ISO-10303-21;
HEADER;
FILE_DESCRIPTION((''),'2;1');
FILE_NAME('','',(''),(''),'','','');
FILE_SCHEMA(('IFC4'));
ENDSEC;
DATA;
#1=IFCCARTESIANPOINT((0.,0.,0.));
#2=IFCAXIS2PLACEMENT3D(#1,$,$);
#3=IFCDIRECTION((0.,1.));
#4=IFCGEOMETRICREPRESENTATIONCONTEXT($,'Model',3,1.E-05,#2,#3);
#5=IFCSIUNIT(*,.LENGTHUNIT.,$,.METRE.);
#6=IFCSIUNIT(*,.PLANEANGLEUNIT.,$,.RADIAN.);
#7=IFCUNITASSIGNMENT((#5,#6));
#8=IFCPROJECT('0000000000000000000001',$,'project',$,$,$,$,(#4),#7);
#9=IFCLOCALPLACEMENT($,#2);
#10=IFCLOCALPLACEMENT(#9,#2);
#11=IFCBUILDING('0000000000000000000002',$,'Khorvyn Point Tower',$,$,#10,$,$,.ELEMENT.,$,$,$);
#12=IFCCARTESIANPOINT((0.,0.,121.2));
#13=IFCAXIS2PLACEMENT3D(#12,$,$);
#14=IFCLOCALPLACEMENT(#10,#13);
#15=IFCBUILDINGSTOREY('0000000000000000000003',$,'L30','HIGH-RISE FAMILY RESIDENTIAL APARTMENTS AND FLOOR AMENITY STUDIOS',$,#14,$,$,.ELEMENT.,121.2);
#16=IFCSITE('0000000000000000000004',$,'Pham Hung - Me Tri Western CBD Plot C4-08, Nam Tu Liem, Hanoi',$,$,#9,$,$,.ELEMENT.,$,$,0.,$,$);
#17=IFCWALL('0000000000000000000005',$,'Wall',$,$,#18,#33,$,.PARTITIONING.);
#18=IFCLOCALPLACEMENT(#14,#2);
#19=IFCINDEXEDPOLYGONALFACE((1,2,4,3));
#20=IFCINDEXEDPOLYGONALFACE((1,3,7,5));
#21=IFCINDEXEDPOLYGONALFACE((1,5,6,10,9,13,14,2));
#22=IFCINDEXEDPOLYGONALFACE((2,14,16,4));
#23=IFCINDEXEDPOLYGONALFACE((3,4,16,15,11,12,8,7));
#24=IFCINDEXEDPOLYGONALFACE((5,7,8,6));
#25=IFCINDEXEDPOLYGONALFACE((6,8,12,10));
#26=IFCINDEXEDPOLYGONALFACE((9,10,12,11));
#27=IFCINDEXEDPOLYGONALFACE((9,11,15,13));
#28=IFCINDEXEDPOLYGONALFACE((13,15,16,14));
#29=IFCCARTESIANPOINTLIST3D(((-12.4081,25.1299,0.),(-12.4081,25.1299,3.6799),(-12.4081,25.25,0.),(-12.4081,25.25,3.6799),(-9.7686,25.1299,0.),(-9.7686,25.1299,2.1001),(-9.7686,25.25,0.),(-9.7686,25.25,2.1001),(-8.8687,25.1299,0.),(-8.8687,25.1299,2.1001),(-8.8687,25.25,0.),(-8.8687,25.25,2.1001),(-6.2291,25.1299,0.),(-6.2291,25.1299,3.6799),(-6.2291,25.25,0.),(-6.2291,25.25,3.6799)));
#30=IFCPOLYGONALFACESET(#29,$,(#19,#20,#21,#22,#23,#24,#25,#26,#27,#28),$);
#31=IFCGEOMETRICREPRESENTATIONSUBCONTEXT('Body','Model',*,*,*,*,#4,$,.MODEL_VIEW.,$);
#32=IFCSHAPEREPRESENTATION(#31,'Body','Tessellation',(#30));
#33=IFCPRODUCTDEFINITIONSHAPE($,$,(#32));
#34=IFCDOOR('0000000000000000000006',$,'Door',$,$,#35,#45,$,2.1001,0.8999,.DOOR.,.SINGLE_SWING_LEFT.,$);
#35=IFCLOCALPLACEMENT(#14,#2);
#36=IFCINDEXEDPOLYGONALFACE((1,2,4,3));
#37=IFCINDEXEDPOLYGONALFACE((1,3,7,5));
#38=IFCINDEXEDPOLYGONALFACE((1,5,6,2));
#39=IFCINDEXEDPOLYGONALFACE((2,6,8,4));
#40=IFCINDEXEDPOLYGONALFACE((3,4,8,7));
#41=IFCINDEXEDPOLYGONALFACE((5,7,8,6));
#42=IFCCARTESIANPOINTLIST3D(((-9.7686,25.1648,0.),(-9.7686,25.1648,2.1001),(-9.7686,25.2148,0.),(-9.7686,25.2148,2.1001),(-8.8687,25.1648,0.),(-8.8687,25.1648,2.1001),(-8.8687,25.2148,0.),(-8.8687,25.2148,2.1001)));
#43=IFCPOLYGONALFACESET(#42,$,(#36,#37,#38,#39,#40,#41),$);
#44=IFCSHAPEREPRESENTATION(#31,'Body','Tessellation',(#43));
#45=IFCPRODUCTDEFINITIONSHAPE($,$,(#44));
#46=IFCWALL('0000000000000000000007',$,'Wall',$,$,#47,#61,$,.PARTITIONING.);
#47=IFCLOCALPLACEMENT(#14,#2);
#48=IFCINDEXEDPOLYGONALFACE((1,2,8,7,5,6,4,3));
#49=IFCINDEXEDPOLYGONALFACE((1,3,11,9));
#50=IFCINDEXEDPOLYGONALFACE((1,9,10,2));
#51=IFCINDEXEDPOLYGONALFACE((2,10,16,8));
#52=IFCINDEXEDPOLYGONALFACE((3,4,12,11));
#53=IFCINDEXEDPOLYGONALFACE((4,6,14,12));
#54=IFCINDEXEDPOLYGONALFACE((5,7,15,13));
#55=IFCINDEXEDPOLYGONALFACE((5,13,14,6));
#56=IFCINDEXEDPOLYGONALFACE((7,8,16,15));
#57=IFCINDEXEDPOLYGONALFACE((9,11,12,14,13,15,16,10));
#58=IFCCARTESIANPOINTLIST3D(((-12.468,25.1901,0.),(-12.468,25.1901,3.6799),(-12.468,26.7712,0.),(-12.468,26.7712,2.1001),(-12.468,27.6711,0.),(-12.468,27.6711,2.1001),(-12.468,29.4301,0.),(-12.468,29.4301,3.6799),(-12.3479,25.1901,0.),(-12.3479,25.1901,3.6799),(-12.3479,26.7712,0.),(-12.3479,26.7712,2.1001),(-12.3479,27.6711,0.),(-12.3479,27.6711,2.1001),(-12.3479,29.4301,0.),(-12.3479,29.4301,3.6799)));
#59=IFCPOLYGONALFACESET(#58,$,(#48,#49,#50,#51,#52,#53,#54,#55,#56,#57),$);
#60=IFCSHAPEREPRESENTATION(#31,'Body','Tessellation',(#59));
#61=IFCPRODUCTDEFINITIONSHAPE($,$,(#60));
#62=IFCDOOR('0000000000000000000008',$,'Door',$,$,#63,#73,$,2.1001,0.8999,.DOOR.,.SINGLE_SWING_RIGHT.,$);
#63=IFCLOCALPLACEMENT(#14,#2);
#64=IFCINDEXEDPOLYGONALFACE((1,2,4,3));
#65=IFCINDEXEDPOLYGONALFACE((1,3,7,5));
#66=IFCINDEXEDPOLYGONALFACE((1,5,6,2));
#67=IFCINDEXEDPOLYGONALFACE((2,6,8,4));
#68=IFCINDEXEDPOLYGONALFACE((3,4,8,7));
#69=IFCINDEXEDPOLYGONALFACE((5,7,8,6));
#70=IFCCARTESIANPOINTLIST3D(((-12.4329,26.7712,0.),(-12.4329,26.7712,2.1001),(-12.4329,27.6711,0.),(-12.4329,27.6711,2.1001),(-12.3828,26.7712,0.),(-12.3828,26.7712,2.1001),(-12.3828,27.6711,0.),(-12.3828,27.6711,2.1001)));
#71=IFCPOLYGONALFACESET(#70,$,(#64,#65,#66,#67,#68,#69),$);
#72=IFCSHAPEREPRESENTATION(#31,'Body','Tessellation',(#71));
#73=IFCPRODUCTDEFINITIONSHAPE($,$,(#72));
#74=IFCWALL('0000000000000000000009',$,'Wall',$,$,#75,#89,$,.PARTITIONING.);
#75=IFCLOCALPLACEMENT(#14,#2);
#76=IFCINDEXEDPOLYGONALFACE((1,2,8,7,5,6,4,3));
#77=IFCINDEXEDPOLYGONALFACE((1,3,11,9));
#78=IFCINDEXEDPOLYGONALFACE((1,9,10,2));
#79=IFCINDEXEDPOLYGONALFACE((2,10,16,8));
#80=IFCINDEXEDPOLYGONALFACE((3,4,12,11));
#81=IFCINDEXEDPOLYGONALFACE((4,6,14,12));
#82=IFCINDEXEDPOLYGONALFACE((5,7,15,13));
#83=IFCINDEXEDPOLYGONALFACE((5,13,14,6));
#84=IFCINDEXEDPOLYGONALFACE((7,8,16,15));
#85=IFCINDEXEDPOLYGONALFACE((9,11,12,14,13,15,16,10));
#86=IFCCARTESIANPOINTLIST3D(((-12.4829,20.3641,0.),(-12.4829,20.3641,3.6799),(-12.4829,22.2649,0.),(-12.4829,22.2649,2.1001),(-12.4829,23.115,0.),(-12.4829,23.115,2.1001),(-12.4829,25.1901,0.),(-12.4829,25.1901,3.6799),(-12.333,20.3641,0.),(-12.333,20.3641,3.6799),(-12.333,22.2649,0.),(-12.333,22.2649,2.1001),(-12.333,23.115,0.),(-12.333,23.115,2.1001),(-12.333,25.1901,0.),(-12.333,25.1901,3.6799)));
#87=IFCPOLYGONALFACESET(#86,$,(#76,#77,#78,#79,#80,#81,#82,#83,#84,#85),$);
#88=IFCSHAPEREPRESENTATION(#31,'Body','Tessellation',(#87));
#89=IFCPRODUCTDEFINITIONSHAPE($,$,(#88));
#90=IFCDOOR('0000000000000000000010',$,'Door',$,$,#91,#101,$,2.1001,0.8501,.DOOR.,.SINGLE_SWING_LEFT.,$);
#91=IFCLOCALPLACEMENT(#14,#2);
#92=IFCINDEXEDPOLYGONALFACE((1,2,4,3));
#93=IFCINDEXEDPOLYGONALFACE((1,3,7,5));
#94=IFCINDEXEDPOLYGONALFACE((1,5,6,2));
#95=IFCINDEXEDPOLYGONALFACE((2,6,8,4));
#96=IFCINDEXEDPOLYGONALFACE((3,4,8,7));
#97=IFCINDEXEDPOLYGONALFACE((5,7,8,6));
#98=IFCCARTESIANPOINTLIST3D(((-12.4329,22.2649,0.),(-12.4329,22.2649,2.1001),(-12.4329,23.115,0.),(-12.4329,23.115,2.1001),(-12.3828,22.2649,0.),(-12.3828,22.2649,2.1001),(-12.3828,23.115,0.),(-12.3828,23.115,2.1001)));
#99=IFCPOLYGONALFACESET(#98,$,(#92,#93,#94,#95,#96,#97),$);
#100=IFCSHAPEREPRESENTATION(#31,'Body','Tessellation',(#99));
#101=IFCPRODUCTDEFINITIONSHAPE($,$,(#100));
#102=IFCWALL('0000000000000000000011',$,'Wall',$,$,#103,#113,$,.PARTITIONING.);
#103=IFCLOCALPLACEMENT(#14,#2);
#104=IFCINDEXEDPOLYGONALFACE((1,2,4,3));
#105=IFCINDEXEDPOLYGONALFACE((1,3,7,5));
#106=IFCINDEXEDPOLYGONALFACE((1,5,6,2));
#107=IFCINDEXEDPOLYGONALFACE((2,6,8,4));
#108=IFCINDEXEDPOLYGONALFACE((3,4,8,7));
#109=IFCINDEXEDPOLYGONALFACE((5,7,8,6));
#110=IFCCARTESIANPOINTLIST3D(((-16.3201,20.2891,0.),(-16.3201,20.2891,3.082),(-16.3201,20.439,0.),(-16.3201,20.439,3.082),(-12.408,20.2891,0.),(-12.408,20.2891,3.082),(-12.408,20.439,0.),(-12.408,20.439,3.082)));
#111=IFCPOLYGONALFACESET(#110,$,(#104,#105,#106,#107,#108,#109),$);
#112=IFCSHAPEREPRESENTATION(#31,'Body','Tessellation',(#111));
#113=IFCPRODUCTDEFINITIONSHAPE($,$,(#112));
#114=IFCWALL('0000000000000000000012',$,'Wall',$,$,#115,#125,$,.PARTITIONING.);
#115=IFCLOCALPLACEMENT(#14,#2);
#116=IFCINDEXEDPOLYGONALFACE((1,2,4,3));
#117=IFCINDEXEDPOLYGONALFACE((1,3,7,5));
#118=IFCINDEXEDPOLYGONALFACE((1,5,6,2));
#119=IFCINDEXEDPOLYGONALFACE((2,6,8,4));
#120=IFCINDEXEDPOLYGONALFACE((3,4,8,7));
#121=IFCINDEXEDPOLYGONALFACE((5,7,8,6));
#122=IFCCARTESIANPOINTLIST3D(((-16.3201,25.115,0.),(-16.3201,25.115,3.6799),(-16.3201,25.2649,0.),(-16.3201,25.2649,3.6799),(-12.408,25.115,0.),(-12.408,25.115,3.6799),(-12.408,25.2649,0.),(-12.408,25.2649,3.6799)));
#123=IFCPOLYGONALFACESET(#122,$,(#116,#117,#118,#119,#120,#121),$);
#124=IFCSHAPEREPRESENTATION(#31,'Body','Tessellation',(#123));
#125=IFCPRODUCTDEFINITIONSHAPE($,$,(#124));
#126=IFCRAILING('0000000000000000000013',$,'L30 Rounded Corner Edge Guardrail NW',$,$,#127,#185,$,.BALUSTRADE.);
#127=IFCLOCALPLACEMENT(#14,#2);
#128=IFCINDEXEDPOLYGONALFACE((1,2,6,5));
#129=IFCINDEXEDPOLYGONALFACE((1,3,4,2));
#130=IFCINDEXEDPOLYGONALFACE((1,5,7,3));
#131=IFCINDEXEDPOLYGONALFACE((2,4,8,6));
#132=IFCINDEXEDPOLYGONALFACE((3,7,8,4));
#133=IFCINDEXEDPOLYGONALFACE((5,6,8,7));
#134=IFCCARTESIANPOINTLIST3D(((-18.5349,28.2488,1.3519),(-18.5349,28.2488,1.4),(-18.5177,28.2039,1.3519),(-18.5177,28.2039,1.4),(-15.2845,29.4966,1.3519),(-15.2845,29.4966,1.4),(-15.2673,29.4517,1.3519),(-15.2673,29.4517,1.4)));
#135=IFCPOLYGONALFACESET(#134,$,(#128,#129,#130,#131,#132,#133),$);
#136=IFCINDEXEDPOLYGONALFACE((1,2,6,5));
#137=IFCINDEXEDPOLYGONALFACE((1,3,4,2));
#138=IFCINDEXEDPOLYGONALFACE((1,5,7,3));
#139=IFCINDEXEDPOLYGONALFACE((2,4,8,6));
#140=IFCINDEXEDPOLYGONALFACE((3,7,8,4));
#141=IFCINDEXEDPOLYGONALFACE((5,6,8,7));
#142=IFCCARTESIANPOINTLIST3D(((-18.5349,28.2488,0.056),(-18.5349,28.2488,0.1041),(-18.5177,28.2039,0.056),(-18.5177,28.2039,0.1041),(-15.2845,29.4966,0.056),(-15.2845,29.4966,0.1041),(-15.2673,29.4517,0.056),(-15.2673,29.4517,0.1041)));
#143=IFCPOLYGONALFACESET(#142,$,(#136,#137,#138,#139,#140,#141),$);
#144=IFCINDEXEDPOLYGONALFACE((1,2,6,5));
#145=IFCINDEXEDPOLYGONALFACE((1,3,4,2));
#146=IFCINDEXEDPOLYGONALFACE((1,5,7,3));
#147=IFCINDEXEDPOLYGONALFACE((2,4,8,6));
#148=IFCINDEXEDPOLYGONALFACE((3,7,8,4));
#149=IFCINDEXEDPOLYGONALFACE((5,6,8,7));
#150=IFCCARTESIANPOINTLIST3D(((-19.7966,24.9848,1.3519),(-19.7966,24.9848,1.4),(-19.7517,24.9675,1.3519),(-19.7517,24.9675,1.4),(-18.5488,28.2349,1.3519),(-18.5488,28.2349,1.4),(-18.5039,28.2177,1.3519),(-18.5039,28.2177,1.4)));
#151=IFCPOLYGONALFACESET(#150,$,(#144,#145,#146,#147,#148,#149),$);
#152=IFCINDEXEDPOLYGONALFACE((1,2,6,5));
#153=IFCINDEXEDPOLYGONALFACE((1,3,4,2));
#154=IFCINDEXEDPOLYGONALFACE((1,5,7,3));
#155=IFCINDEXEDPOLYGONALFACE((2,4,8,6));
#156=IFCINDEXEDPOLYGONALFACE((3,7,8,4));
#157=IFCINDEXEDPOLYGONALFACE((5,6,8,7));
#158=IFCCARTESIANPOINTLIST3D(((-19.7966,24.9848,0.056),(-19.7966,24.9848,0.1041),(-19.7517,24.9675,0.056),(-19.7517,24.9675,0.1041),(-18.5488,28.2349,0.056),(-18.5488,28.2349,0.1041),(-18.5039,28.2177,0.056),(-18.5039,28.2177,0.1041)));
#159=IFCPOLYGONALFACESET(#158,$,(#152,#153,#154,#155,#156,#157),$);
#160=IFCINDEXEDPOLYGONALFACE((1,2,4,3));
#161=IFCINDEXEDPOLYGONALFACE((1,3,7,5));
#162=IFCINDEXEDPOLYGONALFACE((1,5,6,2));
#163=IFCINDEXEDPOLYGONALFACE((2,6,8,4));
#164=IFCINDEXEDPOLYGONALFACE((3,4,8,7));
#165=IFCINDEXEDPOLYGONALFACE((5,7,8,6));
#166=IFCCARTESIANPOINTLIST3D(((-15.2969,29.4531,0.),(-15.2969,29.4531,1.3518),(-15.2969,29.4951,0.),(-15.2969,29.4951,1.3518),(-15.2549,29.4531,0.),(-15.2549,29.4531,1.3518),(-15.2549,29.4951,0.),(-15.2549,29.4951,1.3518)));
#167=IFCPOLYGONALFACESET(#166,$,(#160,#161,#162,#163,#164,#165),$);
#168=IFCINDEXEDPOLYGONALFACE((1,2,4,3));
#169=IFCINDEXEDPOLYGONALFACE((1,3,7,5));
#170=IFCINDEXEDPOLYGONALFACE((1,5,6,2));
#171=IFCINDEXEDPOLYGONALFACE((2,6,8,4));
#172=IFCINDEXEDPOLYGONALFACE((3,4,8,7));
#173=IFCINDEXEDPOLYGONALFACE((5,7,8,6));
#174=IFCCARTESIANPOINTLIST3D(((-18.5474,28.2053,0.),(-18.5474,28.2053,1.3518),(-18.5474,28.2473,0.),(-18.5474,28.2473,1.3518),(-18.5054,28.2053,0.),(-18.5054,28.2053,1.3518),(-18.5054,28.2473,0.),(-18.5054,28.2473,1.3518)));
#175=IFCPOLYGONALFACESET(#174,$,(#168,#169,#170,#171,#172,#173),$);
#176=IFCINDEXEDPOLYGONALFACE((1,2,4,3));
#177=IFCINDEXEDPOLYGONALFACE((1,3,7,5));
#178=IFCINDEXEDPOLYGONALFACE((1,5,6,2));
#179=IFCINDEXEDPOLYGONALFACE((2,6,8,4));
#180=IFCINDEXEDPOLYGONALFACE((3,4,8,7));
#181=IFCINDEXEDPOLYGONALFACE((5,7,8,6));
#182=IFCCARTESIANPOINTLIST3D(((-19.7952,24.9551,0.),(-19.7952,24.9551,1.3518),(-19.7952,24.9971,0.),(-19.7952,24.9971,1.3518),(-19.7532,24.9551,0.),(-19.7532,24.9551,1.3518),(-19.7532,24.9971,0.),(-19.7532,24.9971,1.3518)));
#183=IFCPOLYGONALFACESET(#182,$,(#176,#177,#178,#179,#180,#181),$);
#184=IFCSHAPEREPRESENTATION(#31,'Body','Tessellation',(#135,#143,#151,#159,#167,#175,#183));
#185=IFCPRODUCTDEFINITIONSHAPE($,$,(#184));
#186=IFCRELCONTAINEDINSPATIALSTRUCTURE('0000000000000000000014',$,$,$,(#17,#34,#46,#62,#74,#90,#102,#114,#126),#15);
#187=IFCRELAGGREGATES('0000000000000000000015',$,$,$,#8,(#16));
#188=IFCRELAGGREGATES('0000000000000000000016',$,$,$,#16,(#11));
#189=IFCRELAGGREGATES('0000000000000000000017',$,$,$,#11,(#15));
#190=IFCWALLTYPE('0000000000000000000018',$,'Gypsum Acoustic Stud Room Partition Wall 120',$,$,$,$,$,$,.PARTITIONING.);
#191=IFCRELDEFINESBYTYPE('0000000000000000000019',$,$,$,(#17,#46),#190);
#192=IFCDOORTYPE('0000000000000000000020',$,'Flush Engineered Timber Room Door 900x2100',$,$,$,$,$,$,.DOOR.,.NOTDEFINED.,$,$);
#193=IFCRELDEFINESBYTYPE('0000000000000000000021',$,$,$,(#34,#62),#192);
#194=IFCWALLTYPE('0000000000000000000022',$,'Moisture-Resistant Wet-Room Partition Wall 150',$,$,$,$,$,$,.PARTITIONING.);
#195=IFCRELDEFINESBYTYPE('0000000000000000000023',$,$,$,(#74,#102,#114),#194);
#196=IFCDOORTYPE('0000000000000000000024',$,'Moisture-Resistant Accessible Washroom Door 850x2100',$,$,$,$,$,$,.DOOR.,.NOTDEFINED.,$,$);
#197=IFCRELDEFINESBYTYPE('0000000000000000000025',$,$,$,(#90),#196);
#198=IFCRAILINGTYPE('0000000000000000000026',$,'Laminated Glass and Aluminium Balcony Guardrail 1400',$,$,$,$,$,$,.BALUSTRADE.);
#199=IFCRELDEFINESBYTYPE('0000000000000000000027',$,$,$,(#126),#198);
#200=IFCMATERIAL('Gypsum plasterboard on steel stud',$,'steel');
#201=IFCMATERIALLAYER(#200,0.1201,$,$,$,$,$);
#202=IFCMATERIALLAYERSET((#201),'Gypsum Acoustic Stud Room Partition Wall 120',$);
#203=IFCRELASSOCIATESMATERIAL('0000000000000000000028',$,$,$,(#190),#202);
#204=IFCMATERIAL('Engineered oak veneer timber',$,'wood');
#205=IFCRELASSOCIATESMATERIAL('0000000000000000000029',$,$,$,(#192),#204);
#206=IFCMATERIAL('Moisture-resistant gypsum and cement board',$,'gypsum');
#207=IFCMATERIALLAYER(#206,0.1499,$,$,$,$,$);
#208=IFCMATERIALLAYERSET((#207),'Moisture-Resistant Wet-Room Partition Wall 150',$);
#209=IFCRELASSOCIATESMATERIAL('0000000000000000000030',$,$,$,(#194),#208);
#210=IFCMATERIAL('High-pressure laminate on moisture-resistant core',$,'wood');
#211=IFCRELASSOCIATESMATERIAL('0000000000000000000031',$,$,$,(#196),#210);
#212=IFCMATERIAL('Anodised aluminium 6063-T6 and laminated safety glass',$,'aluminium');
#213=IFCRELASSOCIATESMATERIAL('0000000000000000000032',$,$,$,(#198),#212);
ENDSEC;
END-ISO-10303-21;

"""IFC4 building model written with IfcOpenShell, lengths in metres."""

from ifc_helpers import new_model, si_unit, direction, frame, frame_2d, origin, origin_2d, place, context, subcontext, project, spatial, rectangle, extrude, material, layer, layer_set, type_object, element, fill, save


model = new_model("IFC4")

# Units and contexts
model_context = context("Model", 3, precision=1e-05, world=origin(), true_north=direction((0.0, 1.0)))
body_context = subcontext(model_context, "Body", "Model", "MODEL_VIEW")
ifc_project = project(units=[si_unit("LENGTHUNIT", "METRE"), si_unit("PLANEANGLEUNIT", "RADIAN")], contexts=[model_context])

# Site, building, storey
site_placement = place(None, origin())
site = spatial("IfcSite", under=ifc_project, at=site_placement, Name="Pham Hung - Me Tri Western CBD Plot C4-08, Nam Tu Liem, Hanoi", CompositionType="ELEMENT", RefElevation=0.0)
building_placement = place(site_placement, origin())
building = spatial("IfcBuilding", under=site, at=building_placement, Name="Khorvyn Point Tower", CompositionType="ELEMENT")
storey_placement = place(building_placement, frame((0.0, 0.0, 121.2)))
storey = spatial("IfcBuildingStorey", under=building, at=storey_placement, Name="L30", Description="HIGH-RISE FAMILY RESIDENTIAL APARTMENTS AND FLOOR AMENITY STUDIOS", CompositionType="ELEMENT", Elevation=121.2)

# Walls, openings, doors
ifc_material_1 = material(Name="Gypsum plasterboard on steel stud", Category="steel")
ifc_layer_1 = layer(ifc_material_1, 0.1201)
ifc_layer_set_1 = layer_set([ifc_layer_1], Name="Gypsum Acoustic Stud Room Partition Wall 120")
wall_type_1 = type_object("IfcWallType", Name="Gypsum Acoustic Stud Room Partition Wall 120", PredefinedType="PARTITIONING", material=ifc_layer_set_1)
wall_1_placement = place(storey_placement, frame((-12.408, 25.1899, 0.0), z_axis=(0.0, 0.0, 1.0), x_axis=(1.0, 0.0, 0.0)))
wall_1 = element("IfcWall", 1, at=wall_1_placement, inside=storey, type_object=wall_type_1, Name="Wall", PredefinedType="PARTITIONING", context=body_context, shape_type="SweptSolid", body=[
    extrude(rectangle(XDim=6.179, YDim=0.1201, at=frame_2d((3.0894, 0.0))), origin(), (0.0, 0.0, 1.0), 3.6799),
])
opening_1_placement = place(wall_1_placement, frame((2.6394, 0.0, 0.0)))
opening_1 = element("IfcOpeningElement", 2, at=opening_1_placement, cuts=wall_1, PredefinedType="OPENING", context=body_context, shape_type="SweptSolid", body=[
    extrude(rectangle(XDim=0.8999, YDim=2.1001, at=frame_2d((0.45, 1.05))), frame((0.0, 0.0701, 0.0), z_axis=(0.0, -1.0, 0.0), x_axis=(1.0, 0.0, 0.0)), (0.0, 0.0, 1.0), 0.1401),
])
ifc_material_2 = material(Name="Engineered oak veneer timber", Category="wood")
door_type_1 = type_object("IfcDoorType", Name="Flush Engineered Timber Room Door 900x2100", OperationType="NOTDEFINED", PredefinedType="DOOR", material=ifc_material_2)
door_1_placement = place(opening_1_placement, origin())
door_1 = element("IfcDoor", 3, at=door_1_placement, inside=storey, type_object=door_type_1, Name="Door", OperationType="SINGLE_SWING_LEFT", OverallHeight=2.1001, OverallWidth=0.8999, PredefinedType="DOOR", context=body_context, shape_type="SweptSolid", body=[
    extrude(rectangle(XDim=0.8999, YDim=2.1001, at=frame_2d((0.45, 1.05))), frame((0.0, 0.0249, 0.0), z_axis=(0.0, -1.0, 0.0), x_axis=(1.0, 0.0, 0.0)), (0.0, 0.0, 1.0), 0.05),
])
fill(opening_1, door_1)
wall_2_placement = place(storey_placement, frame((-12.408, 25.1899, 0.0), z_axis=(0.0, 0.0, 1.0), x_axis=(0.0, 1.0, 0.0)))
wall_2 = element("IfcWall", 4, at=wall_2_placement, inside=storey, type_object=wall_type_1, Name="Wall", PredefinedType="PARTITIONING", context=body_context, shape_type="SweptSolid", body=[
    extrude(rectangle(XDim=4.24, YDim=0.1201, at=frame_2d((2.1201, 0.0))), origin(), (0.0, 0.0, 1.0), 3.6799),
])
opening_2_placement = place(wall_2_placement, frame((1.5813, 0.0, 0.0)))
opening_2 = element("IfcOpeningElement", 5, at=opening_2_placement, cuts=wall_2, PredefinedType="OPENING", context=body_context, shape_type="SweptSolid", body=[
    extrude(rectangle(XDim=0.8999, YDim=2.1001, at=frame_2d((0.45, 1.05))), frame((0.0, 0.0701, 0.0), z_axis=(0.0, -1.0, 0.0), x_axis=(1.0, 0.0, 0.0)), (0.0, 0.0, 1.0), 0.1401),
])
door_2_placement = place(opening_2_placement, origin())
door_2 = element("IfcDoor", 6, at=door_2_placement, inside=storey, type_object=door_type_1, Name="Door", OperationType="SINGLE_SWING_RIGHT", OverallHeight=2.1001, OverallWidth=0.8999, PredefinedType="DOOR", context=body_context, shape_type="SweptSolid", body=[
    extrude(rectangle(XDim=0.8999, YDim=2.1001, at=frame_2d((0.45, 1.05))), frame((0.0, 0.0249, 0.0), z_axis=(0.0, -1.0, 0.0), x_axis=(1.0, 0.0, 0.0)), (0.0, 0.0, 1.0), 0.05),
])
fill(opening_2, door_2)
ifc_material_3 = material(Name="Moisture-resistant gypsum and cement board", Category="gypsum")
ifc_layer_2 = layer(ifc_material_3, 0.1499)
ifc_layer_set_2 = layer_set([ifc_layer_2], Name="Moisture-Resistant Wet-Room Partition Wall 150")
wall_type_2 = type_object("IfcWallType", Name="Moisture-Resistant Wet-Room Partition Wall 150", PredefinedType="PARTITIONING", material=ifc_layer_set_2)
wall_3_placement = place(storey_placement, frame((-12.408, 20.364, 0.0), z_axis=(0.0, 0.0, 1.0), x_axis=(0.0, 1.0, 0.0)))
wall_3 = element("IfcWall", 7, at=wall_3_placement, inside=storey, type_object=wall_type_2, Name="Wall", PredefinedType="PARTITIONING", context=body_context, shape_type="SweptSolid", body=[
    extrude(rectangle(XDim=4.8259, YDim=0.1499, at=frame_2d((2.4131, 0.0))), origin(), (0.0, 0.0, 1.0), 3.6799),
])
opening_3_placement = place(wall_3_placement, frame((1.9009, 0.0, 0.0)))
opening_3 = element("IfcOpeningElement", 8, at=opening_3_placement, cuts=wall_3, PredefinedType="OPENING", context=body_context, shape_type="SweptSolid", body=[
    extrude(rectangle(XDim=0.8501, YDim=2.1001, at=frame_2d((0.425, 1.05))), frame((0.0, 0.085, 0.0), z_axis=(0.0, -1.0, 0.0), x_axis=(1.0, 0.0, 0.0)), (0.0, 0.0, 1.0), 0.1699),
])
ifc_material_4 = material(Name="High-pressure laminate on moisture-resistant core", Category="wood")
door_type_2 = type_object("IfcDoorType", Name="Moisture-Resistant Accessible Washroom Door 850x2100", OperationType="NOTDEFINED", PredefinedType="DOOR", material=ifc_material_4)
door_3_placement = place(opening_3_placement, origin())
door_3 = element("IfcDoor", 9, at=door_3_placement, inside=storey, type_object=door_type_2, Name="Door", OperationType="SINGLE_SWING_LEFT", OverallHeight=2.1001, OverallWidth=0.8501, PredefinedType="DOOR", context=body_context, shape_type="SweptSolid", body=[
    extrude(rectangle(XDim=0.8501, YDim=2.1001, at=frame_2d((0.425, 1.05))), frame((0.0, 0.0249, 0.0), z_axis=(0.0, -1.0, 0.0), x_axis=(1.0, 0.0, 0.0)), (0.0, 0.0, 1.0), 0.05),
])
fill(opening_3, door_3)

# Walls
wall_4_placement = place(storey_placement, frame((-16.3201, 20.364, 0.0), z_axis=(0.0, 0.0, 1.0), x_axis=(1.0, 0.0, 0.0)))
element("IfcWall", 10, at=wall_4_placement, inside=storey, type_object=wall_type_2, Name="Wall", PredefinedType="PARTITIONING", context=body_context, shape_type="SweptSolid", body=[
    extrude(rectangle(XDim=3.9121, YDim=0.1499, at=frame_2d((1.9561, 0.0))), origin(), (0.0, 0.0, 1.0), 3.082),
])
wall_5_placement = place(storey_placement, frame((-16.3201, 25.1899, 0.0), z_axis=(0.0, 0.0, 1.0), x_axis=(1.0, 0.0, 0.0)))
element("IfcWall", 11, at=wall_5_placement, inside=storey, type_object=wall_type_2, Name="Wall", PredefinedType="PARTITIONING", context=body_context, shape_type="SweptSolid", body=[
    extrude(rectangle(XDim=3.9121, YDim=0.1499, at=frame_2d((1.9561, 0.0))), origin(), (0.0, 0.0, 1.0), 3.6799),
])

# Railing
ifc_material_5 = material(Name="Anodised aluminium 6063-T6 and laminated safety glass", Category="aluminium")
railing_type = type_object("IfcRailingType", Name="Laminated Glass and Aluminium Balcony Guardrail 1400", PredefinedType="BALUSTRADE", material=ifc_material_5)
railing_placement = place(storey_placement, frame((-15.2759, 29.4741, 0.0)))
element("IfcRailing", 12, at=railing_placement, inside=storey, type_object=railing_type, Name="L30 Rounded Corner Edge Guardrail NW", PredefinedType="BALUSTRADE", context=body_context, shape_type="SweptSolid", body=[
    extrude(rectangle(XDim=0.0481, YDim=0.0481, at=origin_2d()), frame((0.0, 0.0, 1.376), z_axis=(-0.933575, -0.358382, 0.0), x_axis=(0.358382, -0.933575, 0.0)), (0.0, 0.0, 1.0), 3.4817),
    extrude(rectangle(XDim=0.0481, YDim=0.0481, at=origin_2d()), frame((0.0, 0.0, 0.0801), z_axis=(-0.933575, -0.358382, 0.0), x_axis=(0.358382, -0.933575, 0.0)), (0.0, 0.0, 1.0), 3.4817),
    extrude(rectangle(XDim=0.0481, YDim=0.0481, at=origin_2d()), frame((-3.2505, -1.2478, 1.376), z_axis=(-0.358406, -0.933566, 0.0), x_axis=(0.933566, -0.358406, 0.0)), (0.0, 0.0, 1.0), 3.4814),
    extrude(rectangle(XDim=0.0481, YDim=0.0481, at=origin_2d()), frame((-3.2505, -1.2478, 0.0801), z_axis=(-0.358406, -0.933566, 0.0), x_axis=(0.933566, -0.358406, 0.0)), (0.0, 0.0, 1.0), 3.4814),
    extrude(rectangle(XDim=0.042, YDim=0.042, at=origin_2d()), origin(), (0.0, 0.0, 1.0), 1.3518),
    extrude(rectangle(XDim=0.042, YDim=0.042, at=origin_2d()), frame((-3.2505, -1.2478, 0.0)), (0.0, 0.0, 1.0), 1.3518),
    extrude(rectangle(XDim=0.042, YDim=0.042, at=origin_2d()), frame((-4.4983, -4.498, 0.0)), (0.0, 0.0, 1.0), 1.3518),
])

save(model, "model.ifc")
